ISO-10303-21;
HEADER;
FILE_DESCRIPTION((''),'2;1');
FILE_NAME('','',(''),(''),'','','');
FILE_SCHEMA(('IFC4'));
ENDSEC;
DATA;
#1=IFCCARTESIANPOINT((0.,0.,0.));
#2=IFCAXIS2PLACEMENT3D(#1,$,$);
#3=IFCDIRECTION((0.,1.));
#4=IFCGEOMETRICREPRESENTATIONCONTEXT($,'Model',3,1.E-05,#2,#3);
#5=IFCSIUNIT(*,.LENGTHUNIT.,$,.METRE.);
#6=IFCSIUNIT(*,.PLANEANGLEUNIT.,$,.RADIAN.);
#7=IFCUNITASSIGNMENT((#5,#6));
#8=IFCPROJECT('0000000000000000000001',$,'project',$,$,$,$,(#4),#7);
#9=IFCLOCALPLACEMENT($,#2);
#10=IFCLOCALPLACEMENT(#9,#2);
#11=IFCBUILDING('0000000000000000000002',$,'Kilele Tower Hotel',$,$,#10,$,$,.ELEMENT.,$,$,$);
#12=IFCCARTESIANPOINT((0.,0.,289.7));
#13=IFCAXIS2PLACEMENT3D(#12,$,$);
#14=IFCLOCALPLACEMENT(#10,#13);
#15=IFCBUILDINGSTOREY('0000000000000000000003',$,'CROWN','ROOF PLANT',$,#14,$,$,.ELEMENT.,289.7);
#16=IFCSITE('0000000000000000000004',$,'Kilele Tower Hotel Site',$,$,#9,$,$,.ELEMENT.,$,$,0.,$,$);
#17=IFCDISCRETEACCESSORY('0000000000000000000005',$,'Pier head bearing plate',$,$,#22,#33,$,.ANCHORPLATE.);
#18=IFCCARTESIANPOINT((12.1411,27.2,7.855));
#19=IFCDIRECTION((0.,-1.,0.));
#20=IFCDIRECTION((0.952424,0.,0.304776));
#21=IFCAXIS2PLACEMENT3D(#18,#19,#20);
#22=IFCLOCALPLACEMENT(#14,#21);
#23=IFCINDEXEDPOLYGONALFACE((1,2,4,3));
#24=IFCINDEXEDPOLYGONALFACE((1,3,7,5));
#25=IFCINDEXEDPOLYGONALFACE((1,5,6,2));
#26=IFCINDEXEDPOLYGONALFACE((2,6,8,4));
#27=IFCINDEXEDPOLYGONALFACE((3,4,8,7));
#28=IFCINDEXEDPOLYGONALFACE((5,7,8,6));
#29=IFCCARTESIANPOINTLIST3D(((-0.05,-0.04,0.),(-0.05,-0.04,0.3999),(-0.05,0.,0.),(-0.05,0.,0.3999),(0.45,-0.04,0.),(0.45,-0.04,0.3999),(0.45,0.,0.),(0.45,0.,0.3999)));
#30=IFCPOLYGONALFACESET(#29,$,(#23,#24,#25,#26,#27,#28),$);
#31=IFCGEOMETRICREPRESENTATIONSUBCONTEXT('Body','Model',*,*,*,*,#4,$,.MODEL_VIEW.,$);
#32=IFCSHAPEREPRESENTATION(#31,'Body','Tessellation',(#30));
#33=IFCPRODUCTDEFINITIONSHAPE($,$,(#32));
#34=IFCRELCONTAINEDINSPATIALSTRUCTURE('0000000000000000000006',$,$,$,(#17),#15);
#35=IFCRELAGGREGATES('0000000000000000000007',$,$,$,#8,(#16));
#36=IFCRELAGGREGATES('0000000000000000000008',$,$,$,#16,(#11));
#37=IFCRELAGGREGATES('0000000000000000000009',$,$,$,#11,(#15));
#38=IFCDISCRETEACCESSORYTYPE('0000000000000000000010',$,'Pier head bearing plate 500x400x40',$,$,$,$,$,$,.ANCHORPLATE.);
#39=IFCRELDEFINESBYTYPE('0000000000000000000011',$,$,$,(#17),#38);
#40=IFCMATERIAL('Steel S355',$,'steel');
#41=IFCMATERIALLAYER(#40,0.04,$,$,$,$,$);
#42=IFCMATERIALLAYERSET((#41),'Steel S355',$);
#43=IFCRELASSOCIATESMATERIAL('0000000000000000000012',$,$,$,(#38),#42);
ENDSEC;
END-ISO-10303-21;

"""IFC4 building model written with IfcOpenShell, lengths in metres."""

from ifc_helpers import new_model, si_unit, direction, frame, origin, place, context, subcontext, project, spatial, polyline, outline, extrude, source, transform, mapped, material, layer, layer_set, type_object, element, save


model = new_model("IFC4")

# Units and contexts
model_context = context("Model", 3, precision=1e-05, world=origin(), true_north=direction((0.0, 1.0)))
body_context = subcontext(model_context, "Body", "Model", "MODEL_VIEW")
ifc_project = project(units=[si_unit("LENGTHUNIT", "METRE"), si_unit("PLANEANGLEUNIT", "RADIAN")], contexts=[model_context])

# Site, building, storey
site_placement = place(None, origin())
site = spatial("IfcSite", under=ifc_project, at=site_placement, Name="Kilele Tower Hotel Site", CompositionType="ELEMENT", RefElevation=0.0)
building_placement = place(site_placement, origin())
building = spatial("IfcBuilding", under=site, at=building_placement, Name="Kilele Tower Hotel", CompositionType="ELEMENT")
storey_placement = place(building_placement, frame((0.0, 0.0, 289.7)))
storey = spatial("IfcBuildingStorey", under=building, at=storey_placement, Name="CROWN", Description="ROOF PLANT", CompositionType="ELEMENT", Elevation=289.7)

# Discrete accessory
ifc_material_1 = material(Name="Steel S355", Category="steel")
ifc_layer_1 = layer(ifc_material_1, 0.04)
ifc_layer_set_1 = layer_set([ifc_layer_1], Name="Steel S355")
discrete_accessory_type_1 = type_object("IfcDiscreteAccessoryType", Name="Pier head bearing plate 500x400x40", PredefinedType="ANCHORPLATE", material=ifc_layer_set_1)
shared_shape_1 = source(origin(), body_context, "Body", "SweptSolid", [
    extrude(outline(polyline([(-0.05, -0.04), (0.45, -0.04), (0.45, 0.0), (-0.05, 0.0), (-0.05, -0.04)])), origin(), (0.0, 0.0, 1.0), 0.3999),
])
discrete_accessory_placement = place(storey_placement, frame((12.1411, 27.2, 7.855), z_axis=(0.0, -1.0, 0.0), x_axis=(0.952424, 0.0, 0.304776)))
element("IfcDiscreteAccessory", 1, at=discrete_accessory_placement, inside=storey, type_object=discrete_accessory_type_1, Name="Pier head bearing plate", PredefinedType="ANCHORPLATE", context=body_context, shape_type="MappedRepresentation", body=[
    mapped(shared_shape_1, transform((0.0, 0.0, 0.0))),
])

save(model, "model.ifc")
